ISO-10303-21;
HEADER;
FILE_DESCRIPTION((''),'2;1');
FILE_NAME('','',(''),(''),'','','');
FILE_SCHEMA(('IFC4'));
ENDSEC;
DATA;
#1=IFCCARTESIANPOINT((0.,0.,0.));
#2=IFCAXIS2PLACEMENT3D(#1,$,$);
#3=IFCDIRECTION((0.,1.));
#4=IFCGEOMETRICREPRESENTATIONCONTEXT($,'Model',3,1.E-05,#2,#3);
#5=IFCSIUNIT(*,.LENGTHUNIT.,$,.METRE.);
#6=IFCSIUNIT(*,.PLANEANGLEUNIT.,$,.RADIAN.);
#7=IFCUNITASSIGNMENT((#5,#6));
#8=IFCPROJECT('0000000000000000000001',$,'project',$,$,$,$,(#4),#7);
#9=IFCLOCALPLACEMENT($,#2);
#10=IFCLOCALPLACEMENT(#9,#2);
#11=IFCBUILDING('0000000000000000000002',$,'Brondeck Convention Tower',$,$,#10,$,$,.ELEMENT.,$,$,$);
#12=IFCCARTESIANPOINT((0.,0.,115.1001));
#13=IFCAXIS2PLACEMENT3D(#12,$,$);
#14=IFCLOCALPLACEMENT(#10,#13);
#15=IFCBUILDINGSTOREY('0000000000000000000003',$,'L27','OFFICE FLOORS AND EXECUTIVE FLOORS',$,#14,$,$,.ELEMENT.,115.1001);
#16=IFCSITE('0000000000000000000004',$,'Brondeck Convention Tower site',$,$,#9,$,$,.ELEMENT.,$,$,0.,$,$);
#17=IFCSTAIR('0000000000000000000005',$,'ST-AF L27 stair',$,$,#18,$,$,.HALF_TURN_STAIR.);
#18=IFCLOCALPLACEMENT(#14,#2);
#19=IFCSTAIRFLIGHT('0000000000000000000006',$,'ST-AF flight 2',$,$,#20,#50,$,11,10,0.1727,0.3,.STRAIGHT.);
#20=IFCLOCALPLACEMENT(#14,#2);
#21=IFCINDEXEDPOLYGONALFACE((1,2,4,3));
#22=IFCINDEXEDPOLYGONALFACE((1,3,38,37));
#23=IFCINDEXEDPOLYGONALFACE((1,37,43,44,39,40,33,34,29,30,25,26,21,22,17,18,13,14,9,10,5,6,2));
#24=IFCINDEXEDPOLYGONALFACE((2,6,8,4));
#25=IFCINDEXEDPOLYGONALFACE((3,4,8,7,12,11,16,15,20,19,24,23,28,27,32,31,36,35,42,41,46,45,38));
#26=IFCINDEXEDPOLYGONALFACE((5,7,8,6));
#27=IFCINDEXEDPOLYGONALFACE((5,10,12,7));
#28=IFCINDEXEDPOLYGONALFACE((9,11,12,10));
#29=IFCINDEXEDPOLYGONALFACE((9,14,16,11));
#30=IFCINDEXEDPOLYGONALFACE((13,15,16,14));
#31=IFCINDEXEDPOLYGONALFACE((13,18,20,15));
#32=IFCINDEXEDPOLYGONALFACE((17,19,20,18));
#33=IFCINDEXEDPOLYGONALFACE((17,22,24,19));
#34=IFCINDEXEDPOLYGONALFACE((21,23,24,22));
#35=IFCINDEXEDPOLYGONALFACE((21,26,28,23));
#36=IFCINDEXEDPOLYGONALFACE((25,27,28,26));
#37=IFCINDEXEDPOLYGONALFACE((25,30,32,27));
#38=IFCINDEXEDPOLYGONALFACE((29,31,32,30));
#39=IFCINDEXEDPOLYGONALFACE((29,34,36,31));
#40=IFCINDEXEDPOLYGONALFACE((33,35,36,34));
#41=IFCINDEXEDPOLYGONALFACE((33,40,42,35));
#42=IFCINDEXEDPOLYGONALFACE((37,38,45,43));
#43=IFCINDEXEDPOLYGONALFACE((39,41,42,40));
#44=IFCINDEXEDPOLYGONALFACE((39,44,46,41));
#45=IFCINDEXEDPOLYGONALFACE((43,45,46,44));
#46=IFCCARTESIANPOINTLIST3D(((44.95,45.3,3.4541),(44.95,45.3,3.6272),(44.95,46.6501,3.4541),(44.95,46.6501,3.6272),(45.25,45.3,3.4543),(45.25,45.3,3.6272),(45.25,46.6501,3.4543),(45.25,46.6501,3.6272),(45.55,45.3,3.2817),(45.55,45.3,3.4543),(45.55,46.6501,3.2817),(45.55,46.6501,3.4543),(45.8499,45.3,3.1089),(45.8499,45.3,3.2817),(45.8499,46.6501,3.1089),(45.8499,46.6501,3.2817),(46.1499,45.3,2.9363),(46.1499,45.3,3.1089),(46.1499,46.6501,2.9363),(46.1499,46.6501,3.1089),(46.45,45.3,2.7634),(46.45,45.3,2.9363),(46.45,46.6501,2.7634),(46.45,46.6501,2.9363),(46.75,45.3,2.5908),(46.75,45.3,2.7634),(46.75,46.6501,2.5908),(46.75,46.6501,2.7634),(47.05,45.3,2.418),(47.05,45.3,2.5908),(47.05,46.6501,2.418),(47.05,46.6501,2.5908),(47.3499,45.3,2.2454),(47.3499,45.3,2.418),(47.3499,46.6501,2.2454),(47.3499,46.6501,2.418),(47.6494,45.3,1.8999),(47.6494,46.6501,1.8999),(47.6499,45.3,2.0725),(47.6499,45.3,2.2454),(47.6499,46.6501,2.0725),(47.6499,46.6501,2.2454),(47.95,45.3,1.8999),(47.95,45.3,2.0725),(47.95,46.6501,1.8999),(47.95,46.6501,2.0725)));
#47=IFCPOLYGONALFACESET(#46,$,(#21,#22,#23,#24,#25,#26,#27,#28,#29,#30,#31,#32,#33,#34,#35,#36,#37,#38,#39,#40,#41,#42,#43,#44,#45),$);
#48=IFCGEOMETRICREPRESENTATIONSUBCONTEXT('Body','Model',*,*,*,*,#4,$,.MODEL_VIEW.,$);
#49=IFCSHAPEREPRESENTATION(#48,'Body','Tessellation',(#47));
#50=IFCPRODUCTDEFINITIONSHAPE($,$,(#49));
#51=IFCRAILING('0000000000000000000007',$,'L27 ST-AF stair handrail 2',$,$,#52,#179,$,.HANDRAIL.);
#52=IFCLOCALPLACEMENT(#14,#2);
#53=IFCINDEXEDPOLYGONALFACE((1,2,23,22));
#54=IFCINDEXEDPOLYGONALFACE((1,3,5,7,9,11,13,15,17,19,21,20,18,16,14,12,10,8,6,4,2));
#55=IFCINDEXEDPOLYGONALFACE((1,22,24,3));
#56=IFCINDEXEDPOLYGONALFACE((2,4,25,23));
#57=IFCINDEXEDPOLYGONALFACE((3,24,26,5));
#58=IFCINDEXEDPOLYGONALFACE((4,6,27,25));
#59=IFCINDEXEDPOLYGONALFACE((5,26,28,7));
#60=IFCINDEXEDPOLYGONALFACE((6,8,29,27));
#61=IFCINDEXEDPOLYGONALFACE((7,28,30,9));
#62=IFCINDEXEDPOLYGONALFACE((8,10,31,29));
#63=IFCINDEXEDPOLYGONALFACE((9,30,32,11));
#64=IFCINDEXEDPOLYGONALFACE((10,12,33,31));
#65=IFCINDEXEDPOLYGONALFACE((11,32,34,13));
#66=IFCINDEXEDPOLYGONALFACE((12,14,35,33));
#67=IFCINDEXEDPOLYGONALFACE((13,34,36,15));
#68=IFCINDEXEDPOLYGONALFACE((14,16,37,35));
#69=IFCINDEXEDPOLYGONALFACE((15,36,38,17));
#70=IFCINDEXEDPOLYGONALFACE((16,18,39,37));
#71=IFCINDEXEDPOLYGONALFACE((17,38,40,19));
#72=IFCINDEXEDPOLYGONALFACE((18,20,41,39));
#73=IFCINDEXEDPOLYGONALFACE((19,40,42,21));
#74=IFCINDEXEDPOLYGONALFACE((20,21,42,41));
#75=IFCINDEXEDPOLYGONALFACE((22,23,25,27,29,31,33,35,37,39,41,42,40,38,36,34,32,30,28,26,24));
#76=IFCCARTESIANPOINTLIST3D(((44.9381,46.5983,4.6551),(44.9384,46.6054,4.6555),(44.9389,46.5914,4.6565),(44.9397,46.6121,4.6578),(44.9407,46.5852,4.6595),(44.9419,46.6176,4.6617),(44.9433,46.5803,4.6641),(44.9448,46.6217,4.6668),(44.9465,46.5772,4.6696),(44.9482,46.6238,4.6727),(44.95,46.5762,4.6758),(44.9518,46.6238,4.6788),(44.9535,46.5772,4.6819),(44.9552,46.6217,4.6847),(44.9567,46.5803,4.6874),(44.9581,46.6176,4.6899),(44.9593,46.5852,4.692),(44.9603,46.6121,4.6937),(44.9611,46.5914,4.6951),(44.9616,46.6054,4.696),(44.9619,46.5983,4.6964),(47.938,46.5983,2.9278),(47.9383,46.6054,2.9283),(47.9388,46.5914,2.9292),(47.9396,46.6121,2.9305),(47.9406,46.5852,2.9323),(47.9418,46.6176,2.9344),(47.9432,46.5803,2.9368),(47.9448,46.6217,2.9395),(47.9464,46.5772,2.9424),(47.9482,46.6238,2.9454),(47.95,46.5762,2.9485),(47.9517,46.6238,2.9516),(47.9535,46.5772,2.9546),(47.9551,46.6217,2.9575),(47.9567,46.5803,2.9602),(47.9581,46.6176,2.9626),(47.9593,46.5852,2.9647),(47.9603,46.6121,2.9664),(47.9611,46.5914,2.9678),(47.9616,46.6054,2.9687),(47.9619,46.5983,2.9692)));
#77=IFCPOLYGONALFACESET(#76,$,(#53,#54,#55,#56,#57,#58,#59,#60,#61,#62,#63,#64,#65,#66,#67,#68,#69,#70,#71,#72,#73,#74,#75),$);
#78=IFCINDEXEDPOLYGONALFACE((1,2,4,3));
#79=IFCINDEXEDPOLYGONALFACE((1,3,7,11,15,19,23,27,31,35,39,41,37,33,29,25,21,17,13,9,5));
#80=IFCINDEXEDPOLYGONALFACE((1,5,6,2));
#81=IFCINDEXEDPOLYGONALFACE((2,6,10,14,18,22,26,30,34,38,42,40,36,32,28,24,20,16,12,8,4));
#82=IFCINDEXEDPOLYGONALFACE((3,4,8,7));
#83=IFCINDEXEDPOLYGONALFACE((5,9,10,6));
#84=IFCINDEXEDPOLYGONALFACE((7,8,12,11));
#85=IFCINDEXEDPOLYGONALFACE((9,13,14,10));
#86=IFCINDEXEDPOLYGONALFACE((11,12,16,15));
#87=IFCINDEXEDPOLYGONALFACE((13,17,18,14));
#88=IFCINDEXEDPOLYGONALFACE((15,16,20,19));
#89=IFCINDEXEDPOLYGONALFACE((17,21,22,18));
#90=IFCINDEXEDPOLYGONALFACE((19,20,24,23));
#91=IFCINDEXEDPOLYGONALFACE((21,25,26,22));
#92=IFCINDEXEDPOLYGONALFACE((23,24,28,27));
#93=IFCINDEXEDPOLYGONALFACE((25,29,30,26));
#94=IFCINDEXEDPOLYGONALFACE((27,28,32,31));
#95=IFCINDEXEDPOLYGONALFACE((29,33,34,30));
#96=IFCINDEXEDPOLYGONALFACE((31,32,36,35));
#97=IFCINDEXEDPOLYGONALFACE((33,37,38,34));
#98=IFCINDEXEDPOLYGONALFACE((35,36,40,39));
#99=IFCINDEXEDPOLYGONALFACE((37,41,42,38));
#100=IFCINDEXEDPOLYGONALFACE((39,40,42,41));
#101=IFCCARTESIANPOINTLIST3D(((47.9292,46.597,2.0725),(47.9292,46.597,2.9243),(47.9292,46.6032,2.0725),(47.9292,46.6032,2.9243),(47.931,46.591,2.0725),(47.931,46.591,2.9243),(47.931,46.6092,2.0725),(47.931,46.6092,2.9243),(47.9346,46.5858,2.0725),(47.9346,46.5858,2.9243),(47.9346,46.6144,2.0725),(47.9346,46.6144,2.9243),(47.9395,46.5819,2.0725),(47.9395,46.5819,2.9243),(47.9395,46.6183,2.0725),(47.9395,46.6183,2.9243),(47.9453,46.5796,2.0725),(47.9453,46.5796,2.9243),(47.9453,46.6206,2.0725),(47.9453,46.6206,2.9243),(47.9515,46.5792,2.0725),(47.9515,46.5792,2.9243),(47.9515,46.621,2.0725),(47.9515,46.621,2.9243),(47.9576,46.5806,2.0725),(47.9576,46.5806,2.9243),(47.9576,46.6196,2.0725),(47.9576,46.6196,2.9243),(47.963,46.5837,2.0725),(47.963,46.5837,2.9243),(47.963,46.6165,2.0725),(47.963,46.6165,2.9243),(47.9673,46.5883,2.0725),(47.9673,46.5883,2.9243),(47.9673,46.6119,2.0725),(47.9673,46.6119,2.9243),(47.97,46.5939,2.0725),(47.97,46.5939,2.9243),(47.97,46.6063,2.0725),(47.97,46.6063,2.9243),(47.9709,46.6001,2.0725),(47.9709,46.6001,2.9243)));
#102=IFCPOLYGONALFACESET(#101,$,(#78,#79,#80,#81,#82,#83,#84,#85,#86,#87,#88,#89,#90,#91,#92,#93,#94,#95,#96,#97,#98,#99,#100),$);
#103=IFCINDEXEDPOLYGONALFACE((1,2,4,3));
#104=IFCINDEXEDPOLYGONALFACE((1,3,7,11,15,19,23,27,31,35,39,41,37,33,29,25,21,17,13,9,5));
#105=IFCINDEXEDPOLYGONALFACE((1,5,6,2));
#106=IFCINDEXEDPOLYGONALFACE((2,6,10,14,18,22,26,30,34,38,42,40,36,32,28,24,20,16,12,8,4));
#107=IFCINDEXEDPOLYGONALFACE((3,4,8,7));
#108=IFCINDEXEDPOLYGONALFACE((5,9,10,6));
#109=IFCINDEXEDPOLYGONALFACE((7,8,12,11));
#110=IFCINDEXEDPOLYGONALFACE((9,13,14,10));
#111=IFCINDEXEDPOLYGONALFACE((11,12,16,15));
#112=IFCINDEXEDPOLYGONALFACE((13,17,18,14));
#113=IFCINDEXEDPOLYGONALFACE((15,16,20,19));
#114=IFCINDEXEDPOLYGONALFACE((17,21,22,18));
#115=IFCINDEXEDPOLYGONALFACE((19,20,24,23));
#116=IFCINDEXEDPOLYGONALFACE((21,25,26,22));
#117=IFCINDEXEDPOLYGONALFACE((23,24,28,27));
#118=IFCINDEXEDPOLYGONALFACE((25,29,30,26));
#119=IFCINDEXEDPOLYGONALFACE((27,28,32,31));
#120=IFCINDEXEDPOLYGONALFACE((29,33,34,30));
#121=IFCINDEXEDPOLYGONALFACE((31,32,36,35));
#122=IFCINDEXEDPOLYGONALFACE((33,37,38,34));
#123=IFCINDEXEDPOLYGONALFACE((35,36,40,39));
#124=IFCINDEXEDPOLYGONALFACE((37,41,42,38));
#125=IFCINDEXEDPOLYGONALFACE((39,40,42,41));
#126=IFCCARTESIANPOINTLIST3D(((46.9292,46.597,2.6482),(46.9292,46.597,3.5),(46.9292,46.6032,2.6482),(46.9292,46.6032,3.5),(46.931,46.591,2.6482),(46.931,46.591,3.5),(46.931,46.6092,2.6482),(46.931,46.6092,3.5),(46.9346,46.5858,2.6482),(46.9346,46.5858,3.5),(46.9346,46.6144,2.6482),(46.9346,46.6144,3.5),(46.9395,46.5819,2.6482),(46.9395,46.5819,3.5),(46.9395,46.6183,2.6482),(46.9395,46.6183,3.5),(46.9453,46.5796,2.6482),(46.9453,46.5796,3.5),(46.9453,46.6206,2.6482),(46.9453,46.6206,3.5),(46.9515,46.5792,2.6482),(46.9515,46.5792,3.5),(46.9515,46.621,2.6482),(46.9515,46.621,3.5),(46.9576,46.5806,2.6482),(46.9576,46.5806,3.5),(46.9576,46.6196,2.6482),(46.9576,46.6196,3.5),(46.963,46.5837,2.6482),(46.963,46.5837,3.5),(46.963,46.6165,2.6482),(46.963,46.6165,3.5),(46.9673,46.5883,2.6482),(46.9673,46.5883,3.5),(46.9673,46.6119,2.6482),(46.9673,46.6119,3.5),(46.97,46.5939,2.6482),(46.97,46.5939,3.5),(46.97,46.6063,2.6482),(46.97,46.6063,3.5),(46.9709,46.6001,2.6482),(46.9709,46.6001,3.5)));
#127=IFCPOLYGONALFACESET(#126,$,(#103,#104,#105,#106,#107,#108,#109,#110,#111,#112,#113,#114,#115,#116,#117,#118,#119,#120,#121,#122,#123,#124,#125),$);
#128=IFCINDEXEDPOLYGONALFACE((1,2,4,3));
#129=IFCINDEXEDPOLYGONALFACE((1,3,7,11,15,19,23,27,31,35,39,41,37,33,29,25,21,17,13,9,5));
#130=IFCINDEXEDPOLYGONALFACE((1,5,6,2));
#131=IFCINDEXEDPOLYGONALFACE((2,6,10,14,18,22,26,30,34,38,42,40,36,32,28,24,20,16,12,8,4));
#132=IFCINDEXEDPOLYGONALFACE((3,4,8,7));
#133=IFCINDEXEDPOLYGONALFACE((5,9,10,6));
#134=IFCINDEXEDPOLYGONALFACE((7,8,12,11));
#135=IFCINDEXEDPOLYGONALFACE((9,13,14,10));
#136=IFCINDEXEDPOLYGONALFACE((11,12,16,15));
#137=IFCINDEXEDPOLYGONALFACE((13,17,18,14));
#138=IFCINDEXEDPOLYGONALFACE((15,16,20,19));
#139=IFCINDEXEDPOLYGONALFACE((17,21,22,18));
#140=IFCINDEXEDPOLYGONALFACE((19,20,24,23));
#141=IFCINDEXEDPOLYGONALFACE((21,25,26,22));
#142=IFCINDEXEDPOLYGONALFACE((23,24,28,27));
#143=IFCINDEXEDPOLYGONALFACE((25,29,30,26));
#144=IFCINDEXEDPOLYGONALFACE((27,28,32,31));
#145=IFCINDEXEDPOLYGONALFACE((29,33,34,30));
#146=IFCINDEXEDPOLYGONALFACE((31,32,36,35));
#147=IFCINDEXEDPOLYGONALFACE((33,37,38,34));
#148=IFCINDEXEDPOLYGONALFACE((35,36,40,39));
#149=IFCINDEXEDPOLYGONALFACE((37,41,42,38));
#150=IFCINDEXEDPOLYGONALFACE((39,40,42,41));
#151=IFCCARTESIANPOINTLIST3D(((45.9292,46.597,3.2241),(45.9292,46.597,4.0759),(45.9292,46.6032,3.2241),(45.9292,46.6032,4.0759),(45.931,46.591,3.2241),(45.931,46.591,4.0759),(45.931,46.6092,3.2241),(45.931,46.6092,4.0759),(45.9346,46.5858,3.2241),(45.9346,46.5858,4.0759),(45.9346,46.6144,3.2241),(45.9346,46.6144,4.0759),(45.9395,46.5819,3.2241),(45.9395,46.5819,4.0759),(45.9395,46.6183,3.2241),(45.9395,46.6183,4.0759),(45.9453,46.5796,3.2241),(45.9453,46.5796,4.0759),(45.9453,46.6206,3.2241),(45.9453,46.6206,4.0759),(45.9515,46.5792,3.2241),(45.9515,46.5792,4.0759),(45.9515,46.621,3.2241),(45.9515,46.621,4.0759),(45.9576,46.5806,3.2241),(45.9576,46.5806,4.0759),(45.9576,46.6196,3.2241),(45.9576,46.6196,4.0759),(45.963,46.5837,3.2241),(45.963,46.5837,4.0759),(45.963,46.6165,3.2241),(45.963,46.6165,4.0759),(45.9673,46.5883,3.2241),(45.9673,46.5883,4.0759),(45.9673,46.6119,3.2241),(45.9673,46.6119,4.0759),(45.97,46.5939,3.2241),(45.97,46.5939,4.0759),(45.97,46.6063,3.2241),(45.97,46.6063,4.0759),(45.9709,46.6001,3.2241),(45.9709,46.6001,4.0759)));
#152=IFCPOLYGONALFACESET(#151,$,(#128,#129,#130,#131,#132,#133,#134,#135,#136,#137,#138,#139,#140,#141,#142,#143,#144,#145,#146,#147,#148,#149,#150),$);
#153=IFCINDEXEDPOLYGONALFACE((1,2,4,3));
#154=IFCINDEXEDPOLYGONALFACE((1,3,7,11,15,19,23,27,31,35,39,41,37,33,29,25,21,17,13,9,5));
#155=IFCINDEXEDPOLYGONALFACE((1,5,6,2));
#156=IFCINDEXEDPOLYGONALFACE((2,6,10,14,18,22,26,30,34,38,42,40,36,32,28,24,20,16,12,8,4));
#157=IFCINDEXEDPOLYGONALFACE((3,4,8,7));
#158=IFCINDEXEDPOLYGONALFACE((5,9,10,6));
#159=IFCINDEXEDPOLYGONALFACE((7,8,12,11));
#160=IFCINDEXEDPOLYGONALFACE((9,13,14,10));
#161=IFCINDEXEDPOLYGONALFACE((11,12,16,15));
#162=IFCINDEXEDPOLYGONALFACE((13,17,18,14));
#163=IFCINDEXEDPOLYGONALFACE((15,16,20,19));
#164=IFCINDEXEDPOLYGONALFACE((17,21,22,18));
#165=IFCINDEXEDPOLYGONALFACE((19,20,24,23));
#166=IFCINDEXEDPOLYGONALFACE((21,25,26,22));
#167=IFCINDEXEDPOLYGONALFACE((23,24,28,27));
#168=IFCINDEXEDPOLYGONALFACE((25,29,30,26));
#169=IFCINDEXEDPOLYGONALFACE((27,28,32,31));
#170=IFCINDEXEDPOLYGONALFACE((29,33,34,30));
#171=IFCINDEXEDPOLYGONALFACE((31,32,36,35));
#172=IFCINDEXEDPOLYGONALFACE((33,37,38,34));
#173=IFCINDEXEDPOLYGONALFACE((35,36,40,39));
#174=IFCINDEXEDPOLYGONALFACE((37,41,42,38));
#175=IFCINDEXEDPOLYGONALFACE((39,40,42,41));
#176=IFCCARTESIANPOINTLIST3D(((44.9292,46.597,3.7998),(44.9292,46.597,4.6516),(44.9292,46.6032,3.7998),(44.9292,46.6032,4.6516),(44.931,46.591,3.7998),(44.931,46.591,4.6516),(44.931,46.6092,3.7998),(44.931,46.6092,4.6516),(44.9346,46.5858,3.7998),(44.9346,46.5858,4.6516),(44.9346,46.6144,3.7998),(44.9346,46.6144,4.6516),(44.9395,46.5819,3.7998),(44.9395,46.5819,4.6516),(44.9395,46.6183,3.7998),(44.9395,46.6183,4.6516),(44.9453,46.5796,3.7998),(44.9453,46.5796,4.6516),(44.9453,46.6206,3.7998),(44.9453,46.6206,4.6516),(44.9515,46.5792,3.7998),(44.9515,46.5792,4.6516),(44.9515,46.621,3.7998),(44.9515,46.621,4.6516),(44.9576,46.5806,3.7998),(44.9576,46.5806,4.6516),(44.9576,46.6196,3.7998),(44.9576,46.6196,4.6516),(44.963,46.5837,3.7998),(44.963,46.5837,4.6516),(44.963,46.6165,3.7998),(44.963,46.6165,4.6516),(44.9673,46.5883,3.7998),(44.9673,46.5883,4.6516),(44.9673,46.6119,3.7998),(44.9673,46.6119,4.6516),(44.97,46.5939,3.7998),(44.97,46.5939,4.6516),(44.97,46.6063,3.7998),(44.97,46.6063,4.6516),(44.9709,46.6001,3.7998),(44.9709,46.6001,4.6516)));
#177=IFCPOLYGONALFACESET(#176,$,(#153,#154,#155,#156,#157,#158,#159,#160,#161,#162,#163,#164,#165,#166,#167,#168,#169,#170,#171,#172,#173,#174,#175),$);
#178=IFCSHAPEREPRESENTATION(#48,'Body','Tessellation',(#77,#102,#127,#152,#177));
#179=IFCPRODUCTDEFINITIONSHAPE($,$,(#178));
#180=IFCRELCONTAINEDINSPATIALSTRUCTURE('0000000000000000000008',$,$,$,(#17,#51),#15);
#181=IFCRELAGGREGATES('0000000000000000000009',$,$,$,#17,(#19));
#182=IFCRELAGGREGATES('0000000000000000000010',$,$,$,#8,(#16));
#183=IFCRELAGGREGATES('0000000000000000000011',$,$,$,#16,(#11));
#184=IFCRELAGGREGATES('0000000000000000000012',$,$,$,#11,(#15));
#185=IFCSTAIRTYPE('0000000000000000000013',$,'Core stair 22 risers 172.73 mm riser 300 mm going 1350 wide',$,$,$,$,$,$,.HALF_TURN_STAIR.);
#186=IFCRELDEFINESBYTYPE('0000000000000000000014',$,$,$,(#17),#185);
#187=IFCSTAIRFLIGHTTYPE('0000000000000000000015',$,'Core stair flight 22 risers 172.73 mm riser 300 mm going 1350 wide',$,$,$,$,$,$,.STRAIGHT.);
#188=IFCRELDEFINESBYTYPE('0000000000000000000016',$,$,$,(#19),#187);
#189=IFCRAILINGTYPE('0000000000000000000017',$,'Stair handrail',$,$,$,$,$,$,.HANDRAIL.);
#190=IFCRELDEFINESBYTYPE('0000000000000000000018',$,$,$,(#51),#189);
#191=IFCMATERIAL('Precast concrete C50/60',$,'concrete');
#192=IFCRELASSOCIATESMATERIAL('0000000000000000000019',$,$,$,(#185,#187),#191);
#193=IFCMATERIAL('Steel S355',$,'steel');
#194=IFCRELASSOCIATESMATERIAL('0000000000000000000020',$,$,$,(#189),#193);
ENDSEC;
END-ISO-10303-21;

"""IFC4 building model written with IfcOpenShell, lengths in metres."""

from ifc_helpers import new_model, si_unit, direction, frame, origin, origin_2d, place, context, subcontext, project, spatial, polyline, circle, outline, extrude, material, type_object, element, aggregate, save


model = new_model("IFC4")

# Units and contexts
model_context = context("Model", 3, precision=1e-05, world=origin(), true_north=direction((0.0, 1.0)))
body_context = subcontext(model_context, "Body", "Model", "MODEL_VIEW")
ifc_project = project(units=[si_unit("LENGTHUNIT", "METRE"), si_unit("PLANEANGLEUNIT", "RADIAN")], contexts=[model_context])

# Site, building, storey
site_placement = place(None, origin())
site = spatial("IfcSite", under=ifc_project, at=site_placement, Name="Brondeck Convention Tower site", CompositionType="ELEMENT", RefElevation=0.0)
building_placement = place(site_placement, origin())
building = spatial("IfcBuilding", under=site, at=building_placement, Name="Brondeck Convention Tower", CompositionType="ELEMENT")
storey_placement = place(building_placement, frame((0.0, 0.0, 115.1001)))
storey = spatial("IfcBuildingStorey", under=building, at=storey_placement, Name="L27", Description="OFFICE FLOORS AND EXECUTIVE FLOORS", CompositionType="ELEMENT", Elevation=115.1001)

# Shared definitions
ifc_material_1 = material(Name="Steel S355", Category="steel")

# Stair, stair flight
ifc_material_2 = material(Name="Precast concrete C50/60", Category="concrete")
stair_type = type_object("IfcStairType", Name="Core stair 22 risers 172.73 mm riser 300 mm going 1350 wide", PredefinedType="HALF_TURN_STAIR", material=ifc_material_2)
stair_placement = place(storey_placement, origin())
stair = element("IfcStair", 1, at=stair_placement, inside=storey, type_object=stair_type, Name="ST-AF L27 stair", PredefinedType="HALF_TURN_STAIR")
stair_flight_type = type_object("IfcStairFlightType", Name="Core stair flight 22 risers 172.73 mm riser 300 mm going 1350 wide", PredefinedType="STRAIGHT", material=ifc_material_2)
stair_flight_placement = place(storey_placement, frame((47.95, 45.9751, 1.8999), z_axis=(0.0, 0.0, 1.0), x_axis=(-1.0, 0.0, 0.0)))
stair_flight = element("IfcStairFlight", 2, at=stair_flight_placement, type_object=stair_flight_type, Name="ST-AF flight 2", NumberOfRisers=11, NumberOfTreads=10, PredefinedType="STRAIGHT", RiserHeight=0.1727, TreadLength=0.3, context=body_context, shape_type="SweptSolid", body=[
    extrude(outline(polyline([(0.0, 0.0), (0.0, 0.1726), (0.3, 0.1726), (0.3, 0.3455), (0.6001, 0.3455), (0.6001, 0.5181), (0.8999, 0.5181), (0.8999, 0.6909), (1.2, 0.6909), (1.2, 0.8635), (1.5, 0.8635), (1.5, 1.0364), (1.8, 1.0364), (1.8, 1.209), (2.1001, 1.209), (2.1001, 1.3818), (2.3999, 1.3818), (2.3999, 1.5544), (2.7, 1.5544), (2.7, 1.7273), (3.0, 1.7273), (3.0, 1.8999), (3.0, 1.5542), (0.3005, 0.0), (0.0, 0.0)])), frame((0.0, 0.675, 0.0), z_axis=(0.0, -1.0, 0.0), x_axis=(1.0, 0.0, 0.0)), (0.0, 0.0, 1.0), 1.3501),
])
aggregate(stair, [stair_flight])

# Railing
railing_type = type_object("IfcRailingType", Name="Stair handrail", PredefinedType="HANDRAIL", material=ifc_material_1)
railing_placement = place(storey_placement, frame((47.95, 46.6001, 2.0725)))
element("IfcRailing", 3, at=railing_placement, inside=storey, type_object=railing_type, Name="L27 ST-AF stair handrail 2", PredefinedType="HANDRAIL", context=body_context, shape_type="SweptSolid", body=[
    extrude(circle(Radius=0.0239, at=origin_2d()), frame((0.0, 0.0, 0.876), z_axis=(-0.86662, 0.0, 0.498969), x_axis=(0.0, -1.0, 0.0)), (0.0, 0.0, 1.0), 3.4617),
    extrude(circle(Radius=0.021, at=origin_2d()), origin(), (0.0, 0.0, 1.0), 0.8518),
    extrude(circle(Radius=0.021, at=origin_2d()), frame((-1.0, 0.0, 0.5757)), (0.0, 0.0, 1.0), 0.8518),
    extrude(circle(Radius=0.021, at=origin_2d()), frame((-2.0, 0.0, 1.1516)), (0.0, 0.0, 1.0), 0.8518),
    extrude(circle(Radius=0.021, at=origin_2d()), frame((-3.0, 0.0, 1.7273)), (0.0, 0.0, 1.0), 0.8518),
])

save(model, "model.ifc")
